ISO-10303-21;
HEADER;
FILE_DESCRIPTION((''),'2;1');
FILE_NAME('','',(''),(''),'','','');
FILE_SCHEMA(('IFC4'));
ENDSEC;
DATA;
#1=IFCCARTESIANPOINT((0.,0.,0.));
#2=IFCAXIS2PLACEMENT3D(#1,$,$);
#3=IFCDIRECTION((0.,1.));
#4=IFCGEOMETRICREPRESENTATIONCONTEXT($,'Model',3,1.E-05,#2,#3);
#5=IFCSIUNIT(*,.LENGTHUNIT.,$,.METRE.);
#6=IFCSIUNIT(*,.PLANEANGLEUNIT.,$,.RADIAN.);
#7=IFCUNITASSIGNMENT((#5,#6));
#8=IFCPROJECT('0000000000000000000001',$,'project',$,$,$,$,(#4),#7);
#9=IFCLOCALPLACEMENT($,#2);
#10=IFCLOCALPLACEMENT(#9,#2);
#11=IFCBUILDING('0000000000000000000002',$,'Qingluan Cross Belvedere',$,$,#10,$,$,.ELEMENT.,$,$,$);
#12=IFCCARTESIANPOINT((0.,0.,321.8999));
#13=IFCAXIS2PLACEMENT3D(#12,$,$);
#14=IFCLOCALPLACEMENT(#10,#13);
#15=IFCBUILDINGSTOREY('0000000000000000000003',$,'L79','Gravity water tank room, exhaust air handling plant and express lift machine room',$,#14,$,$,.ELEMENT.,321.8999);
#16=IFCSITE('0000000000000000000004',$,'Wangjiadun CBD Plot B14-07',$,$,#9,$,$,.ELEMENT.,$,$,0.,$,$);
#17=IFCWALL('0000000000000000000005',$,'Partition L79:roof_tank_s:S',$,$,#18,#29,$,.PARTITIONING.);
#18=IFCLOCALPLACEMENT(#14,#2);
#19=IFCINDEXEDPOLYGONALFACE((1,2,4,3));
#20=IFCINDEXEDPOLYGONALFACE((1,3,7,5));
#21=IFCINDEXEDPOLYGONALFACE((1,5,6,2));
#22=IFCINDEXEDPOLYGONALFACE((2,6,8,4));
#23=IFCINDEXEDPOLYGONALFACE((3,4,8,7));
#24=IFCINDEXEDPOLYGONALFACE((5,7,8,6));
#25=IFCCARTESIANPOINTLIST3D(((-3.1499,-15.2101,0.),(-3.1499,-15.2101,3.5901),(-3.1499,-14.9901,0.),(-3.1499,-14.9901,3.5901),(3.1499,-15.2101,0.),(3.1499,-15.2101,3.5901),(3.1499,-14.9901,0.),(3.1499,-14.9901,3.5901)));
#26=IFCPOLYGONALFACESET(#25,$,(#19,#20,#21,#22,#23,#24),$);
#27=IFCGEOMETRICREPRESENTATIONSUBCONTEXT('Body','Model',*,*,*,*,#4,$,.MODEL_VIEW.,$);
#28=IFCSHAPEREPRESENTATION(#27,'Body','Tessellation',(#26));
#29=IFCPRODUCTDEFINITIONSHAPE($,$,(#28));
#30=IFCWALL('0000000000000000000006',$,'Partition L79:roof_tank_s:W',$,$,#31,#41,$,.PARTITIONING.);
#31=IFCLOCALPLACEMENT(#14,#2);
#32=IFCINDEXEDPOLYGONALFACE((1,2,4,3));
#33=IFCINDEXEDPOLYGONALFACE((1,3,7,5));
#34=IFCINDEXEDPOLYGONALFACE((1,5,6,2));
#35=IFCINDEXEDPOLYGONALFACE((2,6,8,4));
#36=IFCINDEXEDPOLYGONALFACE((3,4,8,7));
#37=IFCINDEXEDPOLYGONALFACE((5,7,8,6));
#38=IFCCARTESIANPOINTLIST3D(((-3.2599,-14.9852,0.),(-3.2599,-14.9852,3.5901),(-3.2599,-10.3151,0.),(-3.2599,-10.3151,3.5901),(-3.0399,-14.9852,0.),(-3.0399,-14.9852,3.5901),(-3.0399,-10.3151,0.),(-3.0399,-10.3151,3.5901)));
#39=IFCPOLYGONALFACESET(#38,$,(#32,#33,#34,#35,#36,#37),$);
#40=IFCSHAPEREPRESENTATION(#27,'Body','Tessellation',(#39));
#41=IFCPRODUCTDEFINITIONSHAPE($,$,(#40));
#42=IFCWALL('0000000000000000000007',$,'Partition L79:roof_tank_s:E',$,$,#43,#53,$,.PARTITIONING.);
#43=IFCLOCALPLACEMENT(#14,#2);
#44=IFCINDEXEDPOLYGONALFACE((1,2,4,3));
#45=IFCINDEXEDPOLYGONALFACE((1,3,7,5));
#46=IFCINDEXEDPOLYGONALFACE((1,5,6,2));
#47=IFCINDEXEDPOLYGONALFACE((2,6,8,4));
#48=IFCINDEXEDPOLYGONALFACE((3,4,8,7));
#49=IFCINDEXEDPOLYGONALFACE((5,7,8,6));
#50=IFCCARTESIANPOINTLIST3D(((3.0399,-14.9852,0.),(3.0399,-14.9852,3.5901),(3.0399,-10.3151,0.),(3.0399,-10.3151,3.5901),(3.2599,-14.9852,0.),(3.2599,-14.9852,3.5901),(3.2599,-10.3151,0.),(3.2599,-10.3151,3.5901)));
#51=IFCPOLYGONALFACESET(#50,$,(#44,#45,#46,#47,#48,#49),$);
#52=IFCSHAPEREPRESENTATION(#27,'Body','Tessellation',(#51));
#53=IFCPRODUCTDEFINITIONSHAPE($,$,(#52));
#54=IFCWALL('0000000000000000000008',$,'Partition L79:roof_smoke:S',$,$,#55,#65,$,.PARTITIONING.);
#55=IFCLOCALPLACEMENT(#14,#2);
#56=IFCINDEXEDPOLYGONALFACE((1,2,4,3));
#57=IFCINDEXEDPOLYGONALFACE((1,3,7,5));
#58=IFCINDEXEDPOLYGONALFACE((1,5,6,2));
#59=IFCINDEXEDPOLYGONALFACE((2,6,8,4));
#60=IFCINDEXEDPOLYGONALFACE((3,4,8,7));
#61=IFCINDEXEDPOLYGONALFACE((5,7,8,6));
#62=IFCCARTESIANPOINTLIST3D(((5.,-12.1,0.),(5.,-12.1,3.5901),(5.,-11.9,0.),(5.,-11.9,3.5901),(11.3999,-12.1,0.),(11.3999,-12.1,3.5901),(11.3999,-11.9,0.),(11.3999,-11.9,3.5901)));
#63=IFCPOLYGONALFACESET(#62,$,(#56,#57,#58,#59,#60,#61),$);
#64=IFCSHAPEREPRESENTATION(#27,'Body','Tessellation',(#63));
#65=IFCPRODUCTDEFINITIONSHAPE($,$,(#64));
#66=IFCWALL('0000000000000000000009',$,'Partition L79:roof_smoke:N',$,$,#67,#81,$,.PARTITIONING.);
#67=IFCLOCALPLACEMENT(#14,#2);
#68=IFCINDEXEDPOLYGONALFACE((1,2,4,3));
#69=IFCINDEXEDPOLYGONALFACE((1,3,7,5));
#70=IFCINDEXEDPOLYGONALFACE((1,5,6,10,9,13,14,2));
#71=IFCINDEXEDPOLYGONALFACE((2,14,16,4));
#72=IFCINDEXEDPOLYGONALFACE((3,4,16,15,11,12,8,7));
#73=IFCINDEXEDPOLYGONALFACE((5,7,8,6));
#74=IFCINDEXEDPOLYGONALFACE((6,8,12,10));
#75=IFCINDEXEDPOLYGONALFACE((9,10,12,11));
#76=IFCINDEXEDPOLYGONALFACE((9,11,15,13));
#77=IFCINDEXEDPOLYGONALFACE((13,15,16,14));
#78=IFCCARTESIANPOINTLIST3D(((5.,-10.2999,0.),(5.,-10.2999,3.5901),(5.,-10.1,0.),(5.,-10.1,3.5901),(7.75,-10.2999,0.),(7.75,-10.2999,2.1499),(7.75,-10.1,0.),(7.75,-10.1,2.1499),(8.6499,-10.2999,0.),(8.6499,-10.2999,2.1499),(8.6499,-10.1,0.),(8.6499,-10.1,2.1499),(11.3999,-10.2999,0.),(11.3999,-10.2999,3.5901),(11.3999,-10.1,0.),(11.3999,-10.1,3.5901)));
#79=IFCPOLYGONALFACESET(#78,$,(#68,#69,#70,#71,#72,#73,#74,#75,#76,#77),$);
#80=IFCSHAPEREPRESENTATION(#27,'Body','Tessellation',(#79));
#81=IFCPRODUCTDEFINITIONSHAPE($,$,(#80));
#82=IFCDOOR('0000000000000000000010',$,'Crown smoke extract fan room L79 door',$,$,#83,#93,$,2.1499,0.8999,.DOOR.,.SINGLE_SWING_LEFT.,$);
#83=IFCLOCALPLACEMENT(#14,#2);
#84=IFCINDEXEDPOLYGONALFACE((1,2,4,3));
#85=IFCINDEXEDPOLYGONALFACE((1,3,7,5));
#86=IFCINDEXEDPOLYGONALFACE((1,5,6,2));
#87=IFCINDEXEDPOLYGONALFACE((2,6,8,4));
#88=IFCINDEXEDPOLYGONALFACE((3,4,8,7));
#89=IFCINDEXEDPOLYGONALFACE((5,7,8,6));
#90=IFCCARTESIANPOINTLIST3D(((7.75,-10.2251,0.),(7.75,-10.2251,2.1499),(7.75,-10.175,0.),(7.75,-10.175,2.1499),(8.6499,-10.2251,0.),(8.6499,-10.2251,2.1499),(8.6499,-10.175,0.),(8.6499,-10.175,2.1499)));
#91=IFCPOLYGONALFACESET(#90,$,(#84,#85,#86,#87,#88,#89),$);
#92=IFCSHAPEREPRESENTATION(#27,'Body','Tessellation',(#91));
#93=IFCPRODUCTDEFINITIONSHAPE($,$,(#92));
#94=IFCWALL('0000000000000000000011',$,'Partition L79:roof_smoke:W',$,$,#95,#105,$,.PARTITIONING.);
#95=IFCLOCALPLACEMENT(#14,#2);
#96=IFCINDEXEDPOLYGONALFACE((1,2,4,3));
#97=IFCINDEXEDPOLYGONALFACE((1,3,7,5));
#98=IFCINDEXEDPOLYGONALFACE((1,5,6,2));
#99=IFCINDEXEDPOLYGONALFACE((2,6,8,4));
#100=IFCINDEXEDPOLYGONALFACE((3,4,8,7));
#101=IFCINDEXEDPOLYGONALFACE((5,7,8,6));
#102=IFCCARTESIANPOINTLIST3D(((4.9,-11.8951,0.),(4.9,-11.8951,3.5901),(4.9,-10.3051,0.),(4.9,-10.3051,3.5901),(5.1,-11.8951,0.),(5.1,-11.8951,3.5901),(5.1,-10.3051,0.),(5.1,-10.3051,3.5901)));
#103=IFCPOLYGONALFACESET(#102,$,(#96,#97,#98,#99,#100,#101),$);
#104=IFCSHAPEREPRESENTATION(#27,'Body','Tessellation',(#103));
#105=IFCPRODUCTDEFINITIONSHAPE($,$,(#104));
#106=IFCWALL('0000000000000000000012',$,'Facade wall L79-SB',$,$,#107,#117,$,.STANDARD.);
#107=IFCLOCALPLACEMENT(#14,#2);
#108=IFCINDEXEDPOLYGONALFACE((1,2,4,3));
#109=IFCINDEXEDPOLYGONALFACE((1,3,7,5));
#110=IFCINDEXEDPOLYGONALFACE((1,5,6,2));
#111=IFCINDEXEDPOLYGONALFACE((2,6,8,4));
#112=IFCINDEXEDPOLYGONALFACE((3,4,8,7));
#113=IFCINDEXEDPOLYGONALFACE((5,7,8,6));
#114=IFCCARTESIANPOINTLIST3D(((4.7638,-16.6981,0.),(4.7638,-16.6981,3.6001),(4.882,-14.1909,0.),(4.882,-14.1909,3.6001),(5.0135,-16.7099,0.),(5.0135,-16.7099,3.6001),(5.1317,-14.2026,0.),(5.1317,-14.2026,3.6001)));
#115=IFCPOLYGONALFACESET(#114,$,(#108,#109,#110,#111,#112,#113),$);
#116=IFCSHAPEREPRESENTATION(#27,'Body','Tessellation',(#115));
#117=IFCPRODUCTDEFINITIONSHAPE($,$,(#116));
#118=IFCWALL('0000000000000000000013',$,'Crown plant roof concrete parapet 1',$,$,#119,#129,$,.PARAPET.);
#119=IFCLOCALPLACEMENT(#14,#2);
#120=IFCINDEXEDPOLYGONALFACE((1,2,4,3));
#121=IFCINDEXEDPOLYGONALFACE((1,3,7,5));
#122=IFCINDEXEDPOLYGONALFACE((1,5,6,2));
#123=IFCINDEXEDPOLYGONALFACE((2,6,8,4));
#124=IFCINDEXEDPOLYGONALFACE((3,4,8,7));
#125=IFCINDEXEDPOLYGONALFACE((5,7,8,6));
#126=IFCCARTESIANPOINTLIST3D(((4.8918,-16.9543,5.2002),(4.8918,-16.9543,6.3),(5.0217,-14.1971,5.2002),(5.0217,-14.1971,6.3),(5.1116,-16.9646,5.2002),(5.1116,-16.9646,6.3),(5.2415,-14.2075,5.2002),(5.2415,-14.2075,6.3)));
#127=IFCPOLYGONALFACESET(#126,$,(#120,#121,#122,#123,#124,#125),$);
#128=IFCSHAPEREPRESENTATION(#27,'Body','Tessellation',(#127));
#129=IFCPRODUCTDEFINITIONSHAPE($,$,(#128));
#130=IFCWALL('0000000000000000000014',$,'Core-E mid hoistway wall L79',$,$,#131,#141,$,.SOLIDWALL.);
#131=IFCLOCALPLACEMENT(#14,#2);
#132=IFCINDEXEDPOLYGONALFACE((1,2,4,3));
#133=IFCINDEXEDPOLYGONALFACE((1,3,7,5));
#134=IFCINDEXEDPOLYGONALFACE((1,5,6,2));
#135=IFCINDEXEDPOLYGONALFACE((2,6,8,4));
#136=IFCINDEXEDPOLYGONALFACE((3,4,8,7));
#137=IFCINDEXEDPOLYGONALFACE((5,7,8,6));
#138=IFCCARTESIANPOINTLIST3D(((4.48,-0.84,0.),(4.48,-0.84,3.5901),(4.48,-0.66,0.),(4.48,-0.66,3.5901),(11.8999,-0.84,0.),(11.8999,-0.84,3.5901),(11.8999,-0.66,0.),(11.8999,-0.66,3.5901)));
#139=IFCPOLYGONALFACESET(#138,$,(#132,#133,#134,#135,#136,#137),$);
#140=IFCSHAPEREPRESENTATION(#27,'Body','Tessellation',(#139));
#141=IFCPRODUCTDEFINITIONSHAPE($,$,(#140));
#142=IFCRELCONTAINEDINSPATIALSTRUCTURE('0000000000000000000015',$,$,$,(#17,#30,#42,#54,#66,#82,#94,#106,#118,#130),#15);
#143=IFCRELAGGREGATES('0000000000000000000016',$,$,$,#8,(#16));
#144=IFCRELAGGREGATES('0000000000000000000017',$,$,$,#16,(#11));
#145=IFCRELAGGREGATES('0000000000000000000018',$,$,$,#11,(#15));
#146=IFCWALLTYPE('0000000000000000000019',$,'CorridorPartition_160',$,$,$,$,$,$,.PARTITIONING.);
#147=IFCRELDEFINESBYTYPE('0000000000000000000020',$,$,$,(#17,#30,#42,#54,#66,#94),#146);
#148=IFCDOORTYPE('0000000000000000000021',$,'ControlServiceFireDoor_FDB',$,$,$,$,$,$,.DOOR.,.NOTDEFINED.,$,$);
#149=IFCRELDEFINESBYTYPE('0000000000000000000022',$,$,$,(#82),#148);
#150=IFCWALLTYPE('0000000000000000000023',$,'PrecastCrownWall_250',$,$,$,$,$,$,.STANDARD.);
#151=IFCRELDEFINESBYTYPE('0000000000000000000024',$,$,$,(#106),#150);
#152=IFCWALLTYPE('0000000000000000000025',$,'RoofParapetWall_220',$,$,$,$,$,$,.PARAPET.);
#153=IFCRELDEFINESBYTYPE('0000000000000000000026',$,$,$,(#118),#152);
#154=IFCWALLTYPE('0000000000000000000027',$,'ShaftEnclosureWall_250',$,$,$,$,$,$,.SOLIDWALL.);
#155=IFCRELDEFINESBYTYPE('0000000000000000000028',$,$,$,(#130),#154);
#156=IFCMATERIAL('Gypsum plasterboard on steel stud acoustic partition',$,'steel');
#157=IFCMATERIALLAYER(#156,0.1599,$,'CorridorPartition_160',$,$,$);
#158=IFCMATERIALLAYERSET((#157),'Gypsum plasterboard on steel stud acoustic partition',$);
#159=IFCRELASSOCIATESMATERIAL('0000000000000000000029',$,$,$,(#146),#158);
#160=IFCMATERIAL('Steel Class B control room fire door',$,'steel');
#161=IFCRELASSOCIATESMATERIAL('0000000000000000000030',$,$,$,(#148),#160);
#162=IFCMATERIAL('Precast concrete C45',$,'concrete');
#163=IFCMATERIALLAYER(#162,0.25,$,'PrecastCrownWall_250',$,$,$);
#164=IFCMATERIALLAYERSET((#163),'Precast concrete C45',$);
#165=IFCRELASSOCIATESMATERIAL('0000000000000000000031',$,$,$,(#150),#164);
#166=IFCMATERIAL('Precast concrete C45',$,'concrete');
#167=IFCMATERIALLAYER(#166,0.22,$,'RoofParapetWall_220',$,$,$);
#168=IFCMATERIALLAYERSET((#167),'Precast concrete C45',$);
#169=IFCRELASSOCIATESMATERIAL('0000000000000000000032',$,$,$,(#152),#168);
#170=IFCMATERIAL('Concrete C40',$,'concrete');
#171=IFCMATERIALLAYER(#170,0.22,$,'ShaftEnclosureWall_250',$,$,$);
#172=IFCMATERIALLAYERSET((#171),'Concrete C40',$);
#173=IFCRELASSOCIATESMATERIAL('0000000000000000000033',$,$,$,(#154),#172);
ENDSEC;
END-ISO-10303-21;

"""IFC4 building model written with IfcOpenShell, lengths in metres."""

from ifc_helpers import new_model, si_unit, direction, frame, frame_2d, origin, place, context, subcontext, project, spatial, rectangle, extrude, material, layer, layer_set, type_object, element, fill, save


model = new_model("IFC4")

# Units and contexts
model_context = context("Model", 3, precision=1e-05, world=origin(), true_north=direction((0.0, 1.0)))
body_context = subcontext(model_context, "Body", "Model", "MODEL_VIEW")
ifc_project = project(units=[si_unit("LENGTHUNIT", "METRE"), si_unit("PLANEANGLEUNIT", "RADIAN")], contexts=[model_context])

# Site, building, storey
site_placement = place(None, origin())
site = spatial("IfcSite", under=ifc_project, at=site_placement, Name="Wangjiadun CBD Plot B14-07", CompositionType="ELEMENT", RefElevation=0.0)
building_placement = place(site_placement, origin())
building = spatial("IfcBuilding", under=site, at=building_placement, Name="Qingluan Cross Belvedere", CompositionType="ELEMENT")
storey_placement = place(building_placement, frame((0.0, 0.0, 321.8999)))
storey = spatial("IfcBuildingStorey", under=building, at=storey_placement, Name="L79", Description="Gravity water tank room, exhaust air handling plant and express lift machine room", CompositionType="ELEMENT", Elevation=321.8999)

# Wall
ifc_material_1 = material(Name="Gypsum plasterboard on steel stud acoustic partition", Category="steel")
ifc_layer_1 = layer(ifc_material_1, 0.1599, Name="CorridorPartition_160")
ifc_layer_set_1 = layer_set([ifc_layer_1], Name="Gypsum plasterboard on steel stud acoustic partition")
wall_type_1 = type_object("IfcWallType", Name="CorridorPartition_160", PredefinedType="PARTITIONING", material=ifc_layer_set_1)
wall_1_placement = place(storey_placement, frame((-3.1499, -15.1001, 0.0), z_axis=(0.0, 0.0, 1.0), x_axis=(1.0, 0.0, 0.0)))
element("IfcWall", 1, at=wall_1_placement, inside=storey, type_object=wall_type_1, Name="Partition L79:roof_tank_s:S", PredefinedType="PARTITIONING", context=body_context, shape_type="SweptSolid", body=[
    extrude(rectangle(XDim=6.2998, YDim=0.22, at=frame_2d((3.1499, 0.0))), origin(), (0.0, 0.0, 1.0), 3.5901),
])

# Walls
for number, where, z_axis, x_axis, name in (
    (2, (-3.1499, -14.9851, 0.0), (0.0, 0.0, 1.0), (0.0, 1.0, 0.0), "Partition L79:roof_tank_s:W"),
    (3, (3.1499, -14.9851, 0.0), (0.0, 0.0, 1.0), (0.0, 1.0, 0.0), "Partition L79:roof_tank_s:E"),
):
    element("IfcWall", number, at=place(storey_placement, frame(where, z_axis=z_axis, x_axis=x_axis)), inside=storey, type_object=wall_type_1, Name=name, PredefinedType="PARTITIONING", context=body_context, shape_type="SweptSolid", body=[
        extrude(rectangle(XDim=4.6702, YDim=0.22, at=frame_2d((2.335, 0.0))), origin(), (0.0, 0.0, 1.0), 3.5901),
    ])
wall_2_placement = place(storey_placement, frame((5.0, -12.0, 0.0), z_axis=(0.0, 0.0, 1.0), x_axis=(1.0, 0.0, 0.0)))
element("IfcWall", 4, at=wall_2_placement, inside=storey, type_object=wall_type_1, Name="Partition L79:roof_smoke:S", PredefinedType="PARTITIONING", context=body_context, shape_type="SweptSolid", body=[
    extrude(rectangle(XDim=6.3999, YDim=0.2, at=frame_2d((3.2, 0.0))), origin(), (0.0, 0.0, 1.0), 3.5901),
])

# Wall, opening, door
wall_3_placement = place(storey_placement, frame((5.0, -10.2, 0.0), z_axis=(0.0, 0.0, 1.0), x_axis=(1.0, 0.0, 0.0)))
wall_3 = element("IfcWall", 5, at=wall_3_placement, inside=storey, type_object=wall_type_1, Name="Partition L79:roof_smoke:N", PredefinedType="PARTITIONING", context=body_context, shape_type="SweptSolid", body=[
    extrude(rectangle(XDim=6.3999, YDim=0.2, at=frame_2d((3.2, 0.0))), origin(), (0.0, 0.0, 1.0), 3.5901),
])
opening_1_placement = place(wall_3_placement, frame((2.75, 0.0, 0.0)))
opening_1 = element("IfcOpeningElement", 6, at=opening_1_placement, cuts=wall_3, PredefinedType="OPENING", context=body_context, shape_type="SweptSolid", body=[
    extrude(rectangle(XDim=0.8999, YDim=2.1499, at=frame_2d((0.45, 1.075))), frame((0.0, 0.1099, 0.0), z_axis=(0.0, -1.0, 0.0), x_axis=(1.0, 0.0, 0.0)), (0.0, 0.0, 1.0), 0.22),
])
ifc_material_2 = material(Name="Steel Class B control room fire door", Category="steel")
door_type_1 = type_object("IfcDoorType", Name="ControlServiceFireDoor_FDB", OperationType="NOTDEFINED", PredefinedType="DOOR", material=ifc_material_2)
door_1_placement = place(opening_1_placement, origin())
door_1 = element("IfcDoor", 7, at=door_1_placement, inside=storey, type_object=door_type_1, Name="Crown smoke extract fan room L79 door", OperationType="SINGLE_SWING_LEFT", OverallHeight=2.1499, OverallWidth=0.8999, PredefinedType="DOOR", context=body_context, shape_type="SweptSolid", body=[
    extrude(rectangle(XDim=0.8999, YDim=2.1499, at=frame_2d((0.45, 1.075))), frame((0.0, 0.0249, 0.0), z_axis=(0.0, -1.0, 0.0), x_axis=(1.0, 0.0, 0.0)), (0.0, 0.0, 1.0), 0.05),
])
fill(opening_1, door_1)

# Walls
wall_4_placement = place(storey_placement, frame((5.0, -11.895, 0.0), z_axis=(0.0, 0.0, 1.0), x_axis=(0.0, 1.0, 0.0)))
element("IfcWall", 8, at=wall_4_placement, inside=storey, type_object=wall_type_1, Name="Partition L79:roof_smoke:W", PredefinedType="PARTITIONING", context=body_context, shape_type="SweptSolid", body=[
    extrude(rectangle(XDim=1.5901, YDim=0.2, at=frame_2d((0.7949, 0.0))), origin(), (0.0, 0.0, 1.0), 3.5901),
])
ifc_material_3 = material(Name="Precast concrete C45", Category="concrete")
ifc_layer_2 = layer(ifc_material_3, 0.25, Name="PrecastCrownWall_250")
ifc_layer_set_2 = layer_set([ifc_layer_2], Name="Precast concrete C45")
wall_type_2 = type_object("IfcWallType", Name="PrecastCrownWall_250", PredefinedType="STANDARD", material=ifc_layer_set_2)
wall_5_placement = place(storey_placement, frame((4.8887, -16.7039, 0.0), z_axis=(0.0, 0.0, 1.0), x_axis=(0.047075, 0.998891, 0.0)))
element("IfcWall", 9, at=wall_5_placement, inside=storey, type_object=wall_type_2, Name="Facade wall L79-SB", PredefinedType="STANDARD", context=body_context, shape_type="SweptSolid", body=[
    extrude(rectangle(XDim=2.51, YDim=0.25, at=frame_2d((1.2549, 0.0))), origin(), (0.0, 0.0, 1.0), 3.6001),
])
ifc_material_4 = material(Name="Precast concrete C45", Category="concrete")
ifc_layer_3 = layer(ifc_material_4, 0.22, Name="RoofParapetWall_220")
ifc_layer_set_3 = layer_set([ifc_layer_3], Name="Precast concrete C45")
wall_type_3 = type_object("IfcWallType", Name="RoofParapetWall_220", PredefinedType="PARAPET", material=ifc_layer_set_3)
wall_6_placement = place(storey_placement, frame((5.0017, -16.9595, 5.2002), z_axis=(0.0, 0.0, 1.0), x_axis=(0.047057, 0.998892, 0.0)))
element("IfcWall", 10, at=wall_6_placement, inside=storey, type_object=wall_type_3, Name="Crown plant roof concrete parapet 1", PredefinedType="PARAPET", context=body_context, shape_type="SweptSolid", body=[
    extrude(rectangle(XDim=2.7603, YDim=0.22, at=frame_2d((1.3801, 0.0))), origin(), (0.0, 0.0, 1.0), 1.0999),
])
ifc_material_5 = material(Name="Concrete C40", Category="concrete")
ifc_layer_4 = layer(ifc_material_5, 0.22, Name="ShaftEnclosureWall_250")
ifc_layer_set_4 = layer_set([ifc_layer_4], Name="Concrete C40")
wall_type_4 = type_object("IfcWallType", Name="ShaftEnclosureWall_250", PredefinedType="SOLIDWALL", material=ifc_layer_set_4)
wall_7_placement = place(storey_placement, frame((4.48, -0.75, 0.0), z_axis=(0.0, 0.0, 1.0), x_axis=(1.0, 0.0, 0.0)))
element("IfcWall", 11, at=wall_7_placement, inside=storey, type_object=wall_type_4, Name="Core-E mid hoistway wall L79", PredefinedType="SOLIDWALL", context=body_context, shape_type="SweptSolid", body=[
    extrude(rectangle(XDim=7.4199, YDim=0.1799, at=frame_2d((3.71, 0.0))), origin(), (0.0, 0.0, 1.0), 3.5901),
])

save(model, "model.ifc")
